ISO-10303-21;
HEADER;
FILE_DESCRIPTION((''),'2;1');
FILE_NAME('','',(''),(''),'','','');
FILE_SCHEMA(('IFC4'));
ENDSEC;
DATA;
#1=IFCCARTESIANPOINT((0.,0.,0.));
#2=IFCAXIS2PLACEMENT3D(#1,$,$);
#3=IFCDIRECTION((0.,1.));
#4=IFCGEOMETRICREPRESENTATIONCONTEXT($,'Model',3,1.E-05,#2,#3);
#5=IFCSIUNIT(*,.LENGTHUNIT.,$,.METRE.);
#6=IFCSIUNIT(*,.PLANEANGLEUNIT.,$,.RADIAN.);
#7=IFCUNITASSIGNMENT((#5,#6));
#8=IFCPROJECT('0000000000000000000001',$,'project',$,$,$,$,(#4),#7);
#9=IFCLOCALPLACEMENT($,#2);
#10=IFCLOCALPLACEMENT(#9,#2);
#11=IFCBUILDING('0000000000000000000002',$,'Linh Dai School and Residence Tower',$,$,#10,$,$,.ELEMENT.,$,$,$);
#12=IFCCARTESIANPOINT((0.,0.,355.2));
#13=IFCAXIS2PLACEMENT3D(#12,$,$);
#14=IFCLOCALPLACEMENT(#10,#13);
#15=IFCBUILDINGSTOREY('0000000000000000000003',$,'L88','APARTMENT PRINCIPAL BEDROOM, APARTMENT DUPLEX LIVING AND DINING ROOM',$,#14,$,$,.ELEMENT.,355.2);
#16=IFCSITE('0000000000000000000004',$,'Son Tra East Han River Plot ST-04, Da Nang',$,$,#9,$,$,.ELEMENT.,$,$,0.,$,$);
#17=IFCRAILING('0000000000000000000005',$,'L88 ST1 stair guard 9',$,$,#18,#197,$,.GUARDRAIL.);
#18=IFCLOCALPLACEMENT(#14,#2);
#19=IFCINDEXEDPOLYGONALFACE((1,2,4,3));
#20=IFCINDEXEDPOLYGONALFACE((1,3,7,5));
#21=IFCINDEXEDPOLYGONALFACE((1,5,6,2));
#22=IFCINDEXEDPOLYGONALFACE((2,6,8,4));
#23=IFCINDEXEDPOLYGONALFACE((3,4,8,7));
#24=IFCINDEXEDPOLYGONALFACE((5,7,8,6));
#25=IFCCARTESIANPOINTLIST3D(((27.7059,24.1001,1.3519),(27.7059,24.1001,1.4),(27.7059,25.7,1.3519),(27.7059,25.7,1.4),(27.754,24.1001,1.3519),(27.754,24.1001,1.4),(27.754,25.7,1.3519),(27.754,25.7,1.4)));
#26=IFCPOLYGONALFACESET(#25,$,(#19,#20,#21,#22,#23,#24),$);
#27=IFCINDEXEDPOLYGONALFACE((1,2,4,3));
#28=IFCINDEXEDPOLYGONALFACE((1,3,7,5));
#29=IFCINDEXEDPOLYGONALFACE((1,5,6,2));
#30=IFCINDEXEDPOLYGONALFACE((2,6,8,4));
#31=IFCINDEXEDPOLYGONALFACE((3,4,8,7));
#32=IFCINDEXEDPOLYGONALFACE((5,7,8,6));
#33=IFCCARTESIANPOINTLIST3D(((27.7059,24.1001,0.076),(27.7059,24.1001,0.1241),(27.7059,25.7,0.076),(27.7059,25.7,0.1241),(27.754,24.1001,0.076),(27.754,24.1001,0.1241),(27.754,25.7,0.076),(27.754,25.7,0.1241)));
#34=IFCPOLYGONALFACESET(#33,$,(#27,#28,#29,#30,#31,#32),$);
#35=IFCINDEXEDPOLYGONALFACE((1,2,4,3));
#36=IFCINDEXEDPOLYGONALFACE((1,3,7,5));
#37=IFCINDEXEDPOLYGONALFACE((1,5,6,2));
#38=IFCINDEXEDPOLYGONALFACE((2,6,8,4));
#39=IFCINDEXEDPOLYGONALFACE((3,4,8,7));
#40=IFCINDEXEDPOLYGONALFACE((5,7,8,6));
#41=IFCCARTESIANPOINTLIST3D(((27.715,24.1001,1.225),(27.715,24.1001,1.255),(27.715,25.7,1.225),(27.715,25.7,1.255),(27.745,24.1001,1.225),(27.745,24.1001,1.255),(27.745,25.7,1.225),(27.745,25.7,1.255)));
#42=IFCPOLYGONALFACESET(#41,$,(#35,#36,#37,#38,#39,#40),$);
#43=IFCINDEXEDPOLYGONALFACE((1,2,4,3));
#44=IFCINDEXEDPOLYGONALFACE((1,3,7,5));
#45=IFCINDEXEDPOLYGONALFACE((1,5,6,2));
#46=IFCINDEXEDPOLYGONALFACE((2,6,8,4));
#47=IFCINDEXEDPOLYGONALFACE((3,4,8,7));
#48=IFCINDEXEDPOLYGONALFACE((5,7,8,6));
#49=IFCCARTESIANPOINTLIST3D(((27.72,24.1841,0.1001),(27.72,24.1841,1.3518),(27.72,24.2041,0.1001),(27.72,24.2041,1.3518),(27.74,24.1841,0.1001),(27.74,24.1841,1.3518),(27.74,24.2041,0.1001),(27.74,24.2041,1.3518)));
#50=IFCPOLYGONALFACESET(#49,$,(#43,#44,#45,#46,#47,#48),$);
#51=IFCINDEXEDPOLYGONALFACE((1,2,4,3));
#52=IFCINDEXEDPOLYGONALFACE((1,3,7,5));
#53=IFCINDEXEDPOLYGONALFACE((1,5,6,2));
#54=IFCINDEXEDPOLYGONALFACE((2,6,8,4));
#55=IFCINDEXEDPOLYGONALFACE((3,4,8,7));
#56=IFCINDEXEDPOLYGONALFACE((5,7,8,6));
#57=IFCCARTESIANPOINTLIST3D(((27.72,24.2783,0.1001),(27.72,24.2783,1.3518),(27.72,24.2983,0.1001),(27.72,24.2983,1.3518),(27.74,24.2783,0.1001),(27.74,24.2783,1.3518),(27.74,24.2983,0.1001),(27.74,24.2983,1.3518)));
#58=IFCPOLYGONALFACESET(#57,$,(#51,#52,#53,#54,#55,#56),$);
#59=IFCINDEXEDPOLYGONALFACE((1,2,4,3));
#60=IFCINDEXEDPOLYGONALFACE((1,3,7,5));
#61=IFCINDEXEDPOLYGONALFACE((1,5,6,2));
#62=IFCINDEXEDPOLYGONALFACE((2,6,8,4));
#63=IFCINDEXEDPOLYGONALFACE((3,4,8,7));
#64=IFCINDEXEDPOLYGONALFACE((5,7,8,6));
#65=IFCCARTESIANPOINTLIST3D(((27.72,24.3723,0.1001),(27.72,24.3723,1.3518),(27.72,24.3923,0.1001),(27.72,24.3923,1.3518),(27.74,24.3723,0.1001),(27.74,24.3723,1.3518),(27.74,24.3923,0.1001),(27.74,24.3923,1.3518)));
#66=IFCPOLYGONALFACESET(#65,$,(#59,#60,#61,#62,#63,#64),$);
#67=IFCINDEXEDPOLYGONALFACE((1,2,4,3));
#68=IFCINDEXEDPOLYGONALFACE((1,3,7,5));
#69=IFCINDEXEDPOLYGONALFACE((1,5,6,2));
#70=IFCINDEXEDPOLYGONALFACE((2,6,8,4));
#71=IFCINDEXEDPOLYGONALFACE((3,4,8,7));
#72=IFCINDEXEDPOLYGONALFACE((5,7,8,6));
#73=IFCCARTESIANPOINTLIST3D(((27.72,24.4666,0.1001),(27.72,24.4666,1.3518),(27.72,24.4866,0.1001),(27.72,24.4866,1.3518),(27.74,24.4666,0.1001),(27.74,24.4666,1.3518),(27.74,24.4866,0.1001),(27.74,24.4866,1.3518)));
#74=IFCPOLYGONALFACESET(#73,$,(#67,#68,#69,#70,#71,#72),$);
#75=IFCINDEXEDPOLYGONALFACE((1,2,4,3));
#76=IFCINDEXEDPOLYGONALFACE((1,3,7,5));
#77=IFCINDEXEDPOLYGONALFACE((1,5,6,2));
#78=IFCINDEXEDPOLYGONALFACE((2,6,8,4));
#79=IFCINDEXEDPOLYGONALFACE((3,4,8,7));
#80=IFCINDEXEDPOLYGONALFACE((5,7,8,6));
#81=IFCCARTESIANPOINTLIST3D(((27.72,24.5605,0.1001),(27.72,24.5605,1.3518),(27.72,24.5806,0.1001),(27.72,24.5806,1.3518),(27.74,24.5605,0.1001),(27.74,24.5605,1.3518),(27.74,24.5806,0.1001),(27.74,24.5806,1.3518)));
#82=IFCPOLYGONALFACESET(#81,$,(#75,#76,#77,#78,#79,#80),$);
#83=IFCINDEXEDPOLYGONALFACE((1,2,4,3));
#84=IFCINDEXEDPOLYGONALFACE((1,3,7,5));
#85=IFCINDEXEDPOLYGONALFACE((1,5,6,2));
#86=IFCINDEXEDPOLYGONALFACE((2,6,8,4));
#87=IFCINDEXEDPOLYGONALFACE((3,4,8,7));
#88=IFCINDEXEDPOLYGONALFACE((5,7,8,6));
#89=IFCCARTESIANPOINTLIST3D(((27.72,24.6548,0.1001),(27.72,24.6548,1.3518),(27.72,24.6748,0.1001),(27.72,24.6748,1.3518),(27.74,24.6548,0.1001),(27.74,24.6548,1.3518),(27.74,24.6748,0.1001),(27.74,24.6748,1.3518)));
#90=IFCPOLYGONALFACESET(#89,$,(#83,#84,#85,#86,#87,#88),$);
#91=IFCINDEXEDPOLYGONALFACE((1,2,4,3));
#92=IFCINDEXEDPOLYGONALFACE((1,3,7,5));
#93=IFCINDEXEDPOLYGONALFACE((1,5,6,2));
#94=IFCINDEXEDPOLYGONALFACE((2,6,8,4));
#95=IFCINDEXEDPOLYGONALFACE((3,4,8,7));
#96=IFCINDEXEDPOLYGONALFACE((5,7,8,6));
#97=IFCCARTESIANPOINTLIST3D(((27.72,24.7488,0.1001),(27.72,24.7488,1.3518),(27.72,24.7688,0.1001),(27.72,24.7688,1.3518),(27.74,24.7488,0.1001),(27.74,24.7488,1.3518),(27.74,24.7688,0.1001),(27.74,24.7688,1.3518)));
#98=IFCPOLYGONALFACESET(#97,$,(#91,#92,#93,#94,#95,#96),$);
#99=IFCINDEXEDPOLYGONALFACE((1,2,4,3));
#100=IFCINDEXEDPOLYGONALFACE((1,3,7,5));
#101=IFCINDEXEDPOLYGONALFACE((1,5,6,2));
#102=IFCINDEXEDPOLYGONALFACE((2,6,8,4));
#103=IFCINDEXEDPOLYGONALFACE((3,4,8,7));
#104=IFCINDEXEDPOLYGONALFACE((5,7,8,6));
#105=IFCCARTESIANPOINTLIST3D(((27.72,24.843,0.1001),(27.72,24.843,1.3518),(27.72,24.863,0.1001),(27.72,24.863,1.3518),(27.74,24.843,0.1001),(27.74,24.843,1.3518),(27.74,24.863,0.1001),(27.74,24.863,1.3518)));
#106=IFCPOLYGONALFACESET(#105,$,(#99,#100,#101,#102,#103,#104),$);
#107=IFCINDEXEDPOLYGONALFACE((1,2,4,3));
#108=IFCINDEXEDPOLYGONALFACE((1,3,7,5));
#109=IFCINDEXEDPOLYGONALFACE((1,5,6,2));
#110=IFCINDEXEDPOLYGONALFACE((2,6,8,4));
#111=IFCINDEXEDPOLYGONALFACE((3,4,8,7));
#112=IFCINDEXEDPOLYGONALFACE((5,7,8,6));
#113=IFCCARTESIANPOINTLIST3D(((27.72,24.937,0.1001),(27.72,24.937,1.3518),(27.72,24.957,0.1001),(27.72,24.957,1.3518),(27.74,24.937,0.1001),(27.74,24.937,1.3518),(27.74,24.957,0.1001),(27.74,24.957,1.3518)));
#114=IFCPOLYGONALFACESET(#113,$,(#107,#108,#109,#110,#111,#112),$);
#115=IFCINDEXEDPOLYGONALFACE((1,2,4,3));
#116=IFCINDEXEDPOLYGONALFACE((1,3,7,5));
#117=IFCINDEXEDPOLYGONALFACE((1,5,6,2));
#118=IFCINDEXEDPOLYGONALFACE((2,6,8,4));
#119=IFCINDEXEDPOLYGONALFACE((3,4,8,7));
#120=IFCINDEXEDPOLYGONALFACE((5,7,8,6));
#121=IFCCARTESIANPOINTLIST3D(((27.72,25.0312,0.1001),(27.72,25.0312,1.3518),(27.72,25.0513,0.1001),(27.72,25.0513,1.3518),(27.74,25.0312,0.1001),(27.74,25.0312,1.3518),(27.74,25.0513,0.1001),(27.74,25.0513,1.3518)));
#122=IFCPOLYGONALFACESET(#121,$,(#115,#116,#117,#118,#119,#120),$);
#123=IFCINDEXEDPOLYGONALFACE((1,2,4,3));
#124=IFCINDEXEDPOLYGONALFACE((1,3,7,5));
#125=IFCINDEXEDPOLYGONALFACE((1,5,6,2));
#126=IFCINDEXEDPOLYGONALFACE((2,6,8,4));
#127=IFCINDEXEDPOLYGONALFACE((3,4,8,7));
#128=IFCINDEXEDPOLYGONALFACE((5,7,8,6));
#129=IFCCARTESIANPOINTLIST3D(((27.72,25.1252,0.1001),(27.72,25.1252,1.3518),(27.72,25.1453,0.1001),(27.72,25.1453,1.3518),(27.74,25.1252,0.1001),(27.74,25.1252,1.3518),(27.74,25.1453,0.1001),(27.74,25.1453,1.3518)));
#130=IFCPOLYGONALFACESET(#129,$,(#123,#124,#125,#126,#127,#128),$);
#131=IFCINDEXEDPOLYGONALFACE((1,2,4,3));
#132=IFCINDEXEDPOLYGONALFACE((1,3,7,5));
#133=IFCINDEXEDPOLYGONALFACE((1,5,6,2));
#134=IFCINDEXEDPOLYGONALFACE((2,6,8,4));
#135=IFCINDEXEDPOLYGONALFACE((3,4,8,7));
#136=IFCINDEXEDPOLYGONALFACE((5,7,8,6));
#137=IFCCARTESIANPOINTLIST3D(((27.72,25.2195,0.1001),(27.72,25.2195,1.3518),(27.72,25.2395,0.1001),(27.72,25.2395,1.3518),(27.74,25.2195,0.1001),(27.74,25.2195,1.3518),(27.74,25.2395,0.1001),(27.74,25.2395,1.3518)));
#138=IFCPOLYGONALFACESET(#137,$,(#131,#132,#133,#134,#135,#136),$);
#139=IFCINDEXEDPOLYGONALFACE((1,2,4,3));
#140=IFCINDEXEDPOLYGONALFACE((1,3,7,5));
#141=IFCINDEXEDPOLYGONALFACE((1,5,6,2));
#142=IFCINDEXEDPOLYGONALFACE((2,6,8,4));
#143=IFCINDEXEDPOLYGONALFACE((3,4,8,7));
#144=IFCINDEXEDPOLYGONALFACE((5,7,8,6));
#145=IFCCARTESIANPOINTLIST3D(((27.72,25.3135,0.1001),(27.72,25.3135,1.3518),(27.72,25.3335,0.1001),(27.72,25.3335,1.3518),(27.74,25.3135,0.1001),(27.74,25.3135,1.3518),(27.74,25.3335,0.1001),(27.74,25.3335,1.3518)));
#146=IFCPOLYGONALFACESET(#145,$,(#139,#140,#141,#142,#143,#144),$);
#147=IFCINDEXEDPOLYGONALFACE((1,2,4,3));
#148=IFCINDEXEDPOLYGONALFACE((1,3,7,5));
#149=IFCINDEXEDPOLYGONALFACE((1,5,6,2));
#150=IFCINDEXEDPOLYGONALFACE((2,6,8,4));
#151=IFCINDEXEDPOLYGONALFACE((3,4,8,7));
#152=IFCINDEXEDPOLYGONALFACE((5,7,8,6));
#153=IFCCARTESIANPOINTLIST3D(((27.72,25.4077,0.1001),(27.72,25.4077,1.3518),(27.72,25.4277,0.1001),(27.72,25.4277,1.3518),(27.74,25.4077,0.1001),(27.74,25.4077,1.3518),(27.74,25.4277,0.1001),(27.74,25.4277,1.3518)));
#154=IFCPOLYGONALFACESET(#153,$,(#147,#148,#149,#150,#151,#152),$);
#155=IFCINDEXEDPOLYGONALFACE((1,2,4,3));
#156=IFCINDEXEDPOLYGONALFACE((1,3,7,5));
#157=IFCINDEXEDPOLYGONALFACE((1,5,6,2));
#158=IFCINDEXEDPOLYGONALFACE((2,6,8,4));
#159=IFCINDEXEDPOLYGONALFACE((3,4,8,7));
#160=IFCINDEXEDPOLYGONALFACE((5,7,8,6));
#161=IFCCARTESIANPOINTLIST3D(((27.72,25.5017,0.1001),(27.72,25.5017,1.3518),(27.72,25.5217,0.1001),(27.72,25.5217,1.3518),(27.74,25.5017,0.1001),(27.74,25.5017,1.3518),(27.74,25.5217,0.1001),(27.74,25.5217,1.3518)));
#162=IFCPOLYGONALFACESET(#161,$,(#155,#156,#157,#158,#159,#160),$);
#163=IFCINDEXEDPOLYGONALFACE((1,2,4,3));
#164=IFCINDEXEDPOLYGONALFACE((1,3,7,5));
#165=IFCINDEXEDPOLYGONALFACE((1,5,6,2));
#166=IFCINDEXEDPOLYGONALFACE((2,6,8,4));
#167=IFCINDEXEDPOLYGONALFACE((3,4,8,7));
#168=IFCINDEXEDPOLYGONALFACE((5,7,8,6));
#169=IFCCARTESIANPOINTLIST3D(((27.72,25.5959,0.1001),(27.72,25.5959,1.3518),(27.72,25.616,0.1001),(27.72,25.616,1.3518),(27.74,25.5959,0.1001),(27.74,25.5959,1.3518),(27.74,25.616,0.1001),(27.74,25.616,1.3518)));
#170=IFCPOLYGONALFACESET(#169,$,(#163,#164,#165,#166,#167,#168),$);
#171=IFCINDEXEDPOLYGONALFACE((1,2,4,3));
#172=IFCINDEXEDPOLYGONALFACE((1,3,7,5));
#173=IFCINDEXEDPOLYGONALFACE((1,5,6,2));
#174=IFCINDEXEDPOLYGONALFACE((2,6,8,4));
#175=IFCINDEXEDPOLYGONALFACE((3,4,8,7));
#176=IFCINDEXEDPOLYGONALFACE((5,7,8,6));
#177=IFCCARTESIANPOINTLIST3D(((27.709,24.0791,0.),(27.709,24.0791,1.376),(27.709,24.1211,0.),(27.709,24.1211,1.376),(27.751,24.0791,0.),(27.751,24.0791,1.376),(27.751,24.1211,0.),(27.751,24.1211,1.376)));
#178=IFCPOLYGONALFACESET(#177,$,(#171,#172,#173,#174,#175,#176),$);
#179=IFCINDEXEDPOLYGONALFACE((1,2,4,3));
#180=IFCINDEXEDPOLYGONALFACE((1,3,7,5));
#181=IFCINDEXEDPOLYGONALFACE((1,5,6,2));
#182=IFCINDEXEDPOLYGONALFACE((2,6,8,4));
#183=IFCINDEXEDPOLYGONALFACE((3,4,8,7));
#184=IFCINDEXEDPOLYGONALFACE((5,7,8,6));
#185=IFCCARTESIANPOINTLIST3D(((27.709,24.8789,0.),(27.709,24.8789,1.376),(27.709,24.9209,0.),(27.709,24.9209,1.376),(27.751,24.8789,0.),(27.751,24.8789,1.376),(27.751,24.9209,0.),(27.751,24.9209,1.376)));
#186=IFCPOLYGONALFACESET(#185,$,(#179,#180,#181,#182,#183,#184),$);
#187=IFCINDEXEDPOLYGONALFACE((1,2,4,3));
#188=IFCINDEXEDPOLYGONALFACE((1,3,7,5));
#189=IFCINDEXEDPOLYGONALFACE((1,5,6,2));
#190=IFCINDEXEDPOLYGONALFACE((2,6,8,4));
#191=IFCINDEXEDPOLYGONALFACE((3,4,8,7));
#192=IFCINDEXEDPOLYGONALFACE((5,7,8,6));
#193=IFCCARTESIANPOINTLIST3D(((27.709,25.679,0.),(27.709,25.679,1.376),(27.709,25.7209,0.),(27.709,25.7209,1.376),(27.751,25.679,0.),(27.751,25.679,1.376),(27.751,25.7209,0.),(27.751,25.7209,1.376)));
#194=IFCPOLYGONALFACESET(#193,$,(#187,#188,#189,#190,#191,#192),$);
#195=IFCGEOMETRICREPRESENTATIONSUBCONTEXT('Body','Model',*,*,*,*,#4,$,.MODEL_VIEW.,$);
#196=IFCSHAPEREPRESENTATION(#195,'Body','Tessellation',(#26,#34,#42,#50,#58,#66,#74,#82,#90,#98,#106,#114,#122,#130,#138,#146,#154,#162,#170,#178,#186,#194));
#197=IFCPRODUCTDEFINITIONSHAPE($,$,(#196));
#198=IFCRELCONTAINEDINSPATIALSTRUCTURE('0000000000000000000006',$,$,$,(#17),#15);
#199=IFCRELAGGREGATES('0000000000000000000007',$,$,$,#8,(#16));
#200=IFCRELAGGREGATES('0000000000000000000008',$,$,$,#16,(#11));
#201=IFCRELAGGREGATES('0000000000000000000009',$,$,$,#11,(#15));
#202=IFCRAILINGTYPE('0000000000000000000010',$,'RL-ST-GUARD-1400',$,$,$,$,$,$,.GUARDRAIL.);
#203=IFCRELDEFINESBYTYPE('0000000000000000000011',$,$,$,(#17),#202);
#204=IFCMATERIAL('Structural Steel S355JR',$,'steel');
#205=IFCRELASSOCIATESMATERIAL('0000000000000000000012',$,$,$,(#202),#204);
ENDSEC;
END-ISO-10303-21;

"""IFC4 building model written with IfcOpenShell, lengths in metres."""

from ifc_helpers import new_model, si_unit, direction, frame, origin, origin_2d, place, context, subcontext, project, spatial, rectangle, extrude, source, transform, mapped, material, type_object, element, save


model = new_model("IFC4")

# Units and contexts
model_context = context("Model", 3, precision=1e-05, world=origin(), true_north=direction((0.0, 1.0)))
body_context = subcontext(model_context, "Body", "Model", "MODEL_VIEW")
ifc_project = project(units=[si_unit("LENGTHUNIT", "METRE"), si_unit("PLANEANGLEUNIT", "RADIAN")], contexts=[model_context])

# Site, building, storey
site_placement = place(None, origin())
site = spatial("IfcSite", under=ifc_project, at=site_placement, Name="Son Tra East Han River Plot ST-04, Da Nang", CompositionType="ELEMENT", RefElevation=0.0)
building_placement = place(site_placement, origin())
building = spatial("IfcBuilding", under=site, at=building_placement, Name="Linh Dai School and Residence Tower", CompositionType="ELEMENT")
storey_placement = place(building_placement, frame((0.0, 0.0, 355.2)))
storey = spatial("IfcBuildingStorey", under=building, at=storey_placement, Name="L88", Description="APARTMENT PRINCIPAL BEDROOM, APARTMENT DUPLEX LIVING AND DINING ROOM", CompositionType="ELEMENT", Elevation=355.2)

# Shared definitions
ifc_material_1 = material(Name="Structural Steel S355JR", Category="steel")

# Railing
railing_type_1 = type_object("IfcRailingType", Name="RL-ST-GUARD-1400", PredefinedType="GUARDRAIL", material=ifc_material_1)
shared_shape_1 = source(origin(), body_context, "Body", "SweptSolid", [
    extrude(rectangle(XDim=0.0481, YDim=0.0481, at=origin_2d()), frame((0.0, 0.0, 1.376), z_axis=(0.0, 1.0, 0.0), x_axis=(-1.0, 0.0, 0.0)), (0.0, 0.0, 1.0), 1.5999),
    extrude(rectangle(XDim=0.0481, YDim=0.0481, at=origin_2d()), frame((0.0, 0.0, 0.1001), z_axis=(0.0, 1.0, 0.0), x_axis=(-1.0, 0.0, 0.0)), (0.0, 0.0, 1.0), 1.5999),
    extrude(rectangle(XDim=0.03, YDim=0.03, at=origin_2d()), frame((0.0, 0.0, 1.24), z_axis=(0.0, 1.0, 0.0), x_axis=(-1.0, 0.0, 0.0)), (0.0, 0.0, 1.0), 1.5999),
    extrude(rectangle(XDim=0.02, YDim=0.02, at=origin_2d()), frame((0.0, 0.094, 0.1001)), (0.0, 0.0, 1.0), 1.2517),
    extrude(rectangle(XDim=0.02, YDim=0.02, at=origin_2d()), frame((0.0, 0.1882, 0.1001)), (0.0, 0.0, 1.0), 1.2517),
    extrude(rectangle(XDim=0.02, YDim=0.02, at=origin_2d()), frame((0.0, 0.2822, 0.1001)), (0.0, 0.0, 1.0), 1.2517),
    extrude(rectangle(XDim=0.02, YDim=0.02, at=origin_2d()), frame((0.0, 0.3765, 0.1001)), (0.0, 0.0, 1.0), 1.2517),
    extrude(rectangle(XDim=0.02, YDim=0.02, at=origin_2d()), frame((0.0, 0.4705, 0.1001)), (0.0, 0.0, 1.0), 1.2517),
    extrude(rectangle(XDim=0.02, YDim=0.02, at=origin_2d()), frame((0.0, 0.5647, 0.1001)), (0.0, 0.0, 1.0), 1.2517),
    extrude(rectangle(XDim=0.02, YDim=0.02, at=origin_2d()), frame((0.0, 0.6587, 0.1001)), (0.0, 0.0, 1.0), 1.2517),
    extrude(rectangle(XDim=0.02, YDim=0.02, at=origin_2d()), frame((0.0, 0.7529, 0.1001)), (0.0, 0.0, 1.0), 1.2517),
    extrude(rectangle(XDim=0.02, YDim=0.02, at=origin_2d()), frame((0.0, 0.8469, 0.1001)), (0.0, 0.0, 1.0), 1.2517),
    extrude(rectangle(XDim=0.02, YDim=0.02, at=origin_2d()), frame((0.0, 0.9412, 0.1001)), (0.0, 0.0, 1.0), 1.2517),
    extrude(rectangle(XDim=0.02, YDim=0.02, at=origin_2d()), frame((0.0, 1.0352, 0.1001)), (0.0, 0.0, 1.0), 1.2517),
    extrude(rectangle(XDim=0.02, YDim=0.02, at=origin_2d()), frame((0.0, 1.1294, 0.1001)), (0.0, 0.0, 1.0), 1.2517),
    extrude(rectangle(XDim=0.02, YDim=0.02, at=origin_2d()), frame((0.0, 1.2234, 0.1001)), (0.0, 0.0, 1.0), 1.2517),
    extrude(rectangle(XDim=0.02, YDim=0.02, at=origin_2d()), frame((0.0, 1.3176, 0.1001)), (0.0, 0.0, 1.0), 1.2517),
    extrude(rectangle(XDim=0.02, YDim=0.02, at=origin_2d()), frame((0.0, 1.4116, 0.1001)), (0.0, 0.0, 1.0), 1.2517),
    extrude(rectangle(XDim=0.02, YDim=0.02, at=origin_2d()), frame((0.0, 1.5059, 0.1001)), (0.0, 0.0, 1.0), 1.2517),
    extrude(rectangle(XDim=0.042, YDim=0.042, at=origin_2d()), origin(), (0.0, 0.0, 1.0), 1.376),
    extrude(rectangle(XDim=0.042, YDim=0.042, at=origin_2d()), frame((0.0, 0.7998, 0.0)), (0.0, 0.0, 1.0), 1.376),
    extrude(rectangle(XDim=0.042, YDim=0.042, at=origin_2d()), frame((0.0, 1.5999, 0.0)), (0.0, 0.0, 1.0), 1.376),
])
for number, where, name in (
    (1, (27.73, 24.1001, 0.0), "L88 ST1 stair guard 9"),
):
    element("IfcRailing", number, at=place(storey_placement, frame(where)), inside=storey, type_object=railing_type_1, Name=name, PredefinedType="GUARDRAIL", context=body_context, shape_type="MappedRepresentation", body=[
        mapped(shared_shape_1, transform((0.0, 0.0, 0.0), x_axis=(1.0, 0.0, 0.0), y_axis=(0.0, 1.0, 0.0), z_axis=(0.0, 0.0, 1.0), scale=1.0)),
    ])

save(model, "model.ifc")
